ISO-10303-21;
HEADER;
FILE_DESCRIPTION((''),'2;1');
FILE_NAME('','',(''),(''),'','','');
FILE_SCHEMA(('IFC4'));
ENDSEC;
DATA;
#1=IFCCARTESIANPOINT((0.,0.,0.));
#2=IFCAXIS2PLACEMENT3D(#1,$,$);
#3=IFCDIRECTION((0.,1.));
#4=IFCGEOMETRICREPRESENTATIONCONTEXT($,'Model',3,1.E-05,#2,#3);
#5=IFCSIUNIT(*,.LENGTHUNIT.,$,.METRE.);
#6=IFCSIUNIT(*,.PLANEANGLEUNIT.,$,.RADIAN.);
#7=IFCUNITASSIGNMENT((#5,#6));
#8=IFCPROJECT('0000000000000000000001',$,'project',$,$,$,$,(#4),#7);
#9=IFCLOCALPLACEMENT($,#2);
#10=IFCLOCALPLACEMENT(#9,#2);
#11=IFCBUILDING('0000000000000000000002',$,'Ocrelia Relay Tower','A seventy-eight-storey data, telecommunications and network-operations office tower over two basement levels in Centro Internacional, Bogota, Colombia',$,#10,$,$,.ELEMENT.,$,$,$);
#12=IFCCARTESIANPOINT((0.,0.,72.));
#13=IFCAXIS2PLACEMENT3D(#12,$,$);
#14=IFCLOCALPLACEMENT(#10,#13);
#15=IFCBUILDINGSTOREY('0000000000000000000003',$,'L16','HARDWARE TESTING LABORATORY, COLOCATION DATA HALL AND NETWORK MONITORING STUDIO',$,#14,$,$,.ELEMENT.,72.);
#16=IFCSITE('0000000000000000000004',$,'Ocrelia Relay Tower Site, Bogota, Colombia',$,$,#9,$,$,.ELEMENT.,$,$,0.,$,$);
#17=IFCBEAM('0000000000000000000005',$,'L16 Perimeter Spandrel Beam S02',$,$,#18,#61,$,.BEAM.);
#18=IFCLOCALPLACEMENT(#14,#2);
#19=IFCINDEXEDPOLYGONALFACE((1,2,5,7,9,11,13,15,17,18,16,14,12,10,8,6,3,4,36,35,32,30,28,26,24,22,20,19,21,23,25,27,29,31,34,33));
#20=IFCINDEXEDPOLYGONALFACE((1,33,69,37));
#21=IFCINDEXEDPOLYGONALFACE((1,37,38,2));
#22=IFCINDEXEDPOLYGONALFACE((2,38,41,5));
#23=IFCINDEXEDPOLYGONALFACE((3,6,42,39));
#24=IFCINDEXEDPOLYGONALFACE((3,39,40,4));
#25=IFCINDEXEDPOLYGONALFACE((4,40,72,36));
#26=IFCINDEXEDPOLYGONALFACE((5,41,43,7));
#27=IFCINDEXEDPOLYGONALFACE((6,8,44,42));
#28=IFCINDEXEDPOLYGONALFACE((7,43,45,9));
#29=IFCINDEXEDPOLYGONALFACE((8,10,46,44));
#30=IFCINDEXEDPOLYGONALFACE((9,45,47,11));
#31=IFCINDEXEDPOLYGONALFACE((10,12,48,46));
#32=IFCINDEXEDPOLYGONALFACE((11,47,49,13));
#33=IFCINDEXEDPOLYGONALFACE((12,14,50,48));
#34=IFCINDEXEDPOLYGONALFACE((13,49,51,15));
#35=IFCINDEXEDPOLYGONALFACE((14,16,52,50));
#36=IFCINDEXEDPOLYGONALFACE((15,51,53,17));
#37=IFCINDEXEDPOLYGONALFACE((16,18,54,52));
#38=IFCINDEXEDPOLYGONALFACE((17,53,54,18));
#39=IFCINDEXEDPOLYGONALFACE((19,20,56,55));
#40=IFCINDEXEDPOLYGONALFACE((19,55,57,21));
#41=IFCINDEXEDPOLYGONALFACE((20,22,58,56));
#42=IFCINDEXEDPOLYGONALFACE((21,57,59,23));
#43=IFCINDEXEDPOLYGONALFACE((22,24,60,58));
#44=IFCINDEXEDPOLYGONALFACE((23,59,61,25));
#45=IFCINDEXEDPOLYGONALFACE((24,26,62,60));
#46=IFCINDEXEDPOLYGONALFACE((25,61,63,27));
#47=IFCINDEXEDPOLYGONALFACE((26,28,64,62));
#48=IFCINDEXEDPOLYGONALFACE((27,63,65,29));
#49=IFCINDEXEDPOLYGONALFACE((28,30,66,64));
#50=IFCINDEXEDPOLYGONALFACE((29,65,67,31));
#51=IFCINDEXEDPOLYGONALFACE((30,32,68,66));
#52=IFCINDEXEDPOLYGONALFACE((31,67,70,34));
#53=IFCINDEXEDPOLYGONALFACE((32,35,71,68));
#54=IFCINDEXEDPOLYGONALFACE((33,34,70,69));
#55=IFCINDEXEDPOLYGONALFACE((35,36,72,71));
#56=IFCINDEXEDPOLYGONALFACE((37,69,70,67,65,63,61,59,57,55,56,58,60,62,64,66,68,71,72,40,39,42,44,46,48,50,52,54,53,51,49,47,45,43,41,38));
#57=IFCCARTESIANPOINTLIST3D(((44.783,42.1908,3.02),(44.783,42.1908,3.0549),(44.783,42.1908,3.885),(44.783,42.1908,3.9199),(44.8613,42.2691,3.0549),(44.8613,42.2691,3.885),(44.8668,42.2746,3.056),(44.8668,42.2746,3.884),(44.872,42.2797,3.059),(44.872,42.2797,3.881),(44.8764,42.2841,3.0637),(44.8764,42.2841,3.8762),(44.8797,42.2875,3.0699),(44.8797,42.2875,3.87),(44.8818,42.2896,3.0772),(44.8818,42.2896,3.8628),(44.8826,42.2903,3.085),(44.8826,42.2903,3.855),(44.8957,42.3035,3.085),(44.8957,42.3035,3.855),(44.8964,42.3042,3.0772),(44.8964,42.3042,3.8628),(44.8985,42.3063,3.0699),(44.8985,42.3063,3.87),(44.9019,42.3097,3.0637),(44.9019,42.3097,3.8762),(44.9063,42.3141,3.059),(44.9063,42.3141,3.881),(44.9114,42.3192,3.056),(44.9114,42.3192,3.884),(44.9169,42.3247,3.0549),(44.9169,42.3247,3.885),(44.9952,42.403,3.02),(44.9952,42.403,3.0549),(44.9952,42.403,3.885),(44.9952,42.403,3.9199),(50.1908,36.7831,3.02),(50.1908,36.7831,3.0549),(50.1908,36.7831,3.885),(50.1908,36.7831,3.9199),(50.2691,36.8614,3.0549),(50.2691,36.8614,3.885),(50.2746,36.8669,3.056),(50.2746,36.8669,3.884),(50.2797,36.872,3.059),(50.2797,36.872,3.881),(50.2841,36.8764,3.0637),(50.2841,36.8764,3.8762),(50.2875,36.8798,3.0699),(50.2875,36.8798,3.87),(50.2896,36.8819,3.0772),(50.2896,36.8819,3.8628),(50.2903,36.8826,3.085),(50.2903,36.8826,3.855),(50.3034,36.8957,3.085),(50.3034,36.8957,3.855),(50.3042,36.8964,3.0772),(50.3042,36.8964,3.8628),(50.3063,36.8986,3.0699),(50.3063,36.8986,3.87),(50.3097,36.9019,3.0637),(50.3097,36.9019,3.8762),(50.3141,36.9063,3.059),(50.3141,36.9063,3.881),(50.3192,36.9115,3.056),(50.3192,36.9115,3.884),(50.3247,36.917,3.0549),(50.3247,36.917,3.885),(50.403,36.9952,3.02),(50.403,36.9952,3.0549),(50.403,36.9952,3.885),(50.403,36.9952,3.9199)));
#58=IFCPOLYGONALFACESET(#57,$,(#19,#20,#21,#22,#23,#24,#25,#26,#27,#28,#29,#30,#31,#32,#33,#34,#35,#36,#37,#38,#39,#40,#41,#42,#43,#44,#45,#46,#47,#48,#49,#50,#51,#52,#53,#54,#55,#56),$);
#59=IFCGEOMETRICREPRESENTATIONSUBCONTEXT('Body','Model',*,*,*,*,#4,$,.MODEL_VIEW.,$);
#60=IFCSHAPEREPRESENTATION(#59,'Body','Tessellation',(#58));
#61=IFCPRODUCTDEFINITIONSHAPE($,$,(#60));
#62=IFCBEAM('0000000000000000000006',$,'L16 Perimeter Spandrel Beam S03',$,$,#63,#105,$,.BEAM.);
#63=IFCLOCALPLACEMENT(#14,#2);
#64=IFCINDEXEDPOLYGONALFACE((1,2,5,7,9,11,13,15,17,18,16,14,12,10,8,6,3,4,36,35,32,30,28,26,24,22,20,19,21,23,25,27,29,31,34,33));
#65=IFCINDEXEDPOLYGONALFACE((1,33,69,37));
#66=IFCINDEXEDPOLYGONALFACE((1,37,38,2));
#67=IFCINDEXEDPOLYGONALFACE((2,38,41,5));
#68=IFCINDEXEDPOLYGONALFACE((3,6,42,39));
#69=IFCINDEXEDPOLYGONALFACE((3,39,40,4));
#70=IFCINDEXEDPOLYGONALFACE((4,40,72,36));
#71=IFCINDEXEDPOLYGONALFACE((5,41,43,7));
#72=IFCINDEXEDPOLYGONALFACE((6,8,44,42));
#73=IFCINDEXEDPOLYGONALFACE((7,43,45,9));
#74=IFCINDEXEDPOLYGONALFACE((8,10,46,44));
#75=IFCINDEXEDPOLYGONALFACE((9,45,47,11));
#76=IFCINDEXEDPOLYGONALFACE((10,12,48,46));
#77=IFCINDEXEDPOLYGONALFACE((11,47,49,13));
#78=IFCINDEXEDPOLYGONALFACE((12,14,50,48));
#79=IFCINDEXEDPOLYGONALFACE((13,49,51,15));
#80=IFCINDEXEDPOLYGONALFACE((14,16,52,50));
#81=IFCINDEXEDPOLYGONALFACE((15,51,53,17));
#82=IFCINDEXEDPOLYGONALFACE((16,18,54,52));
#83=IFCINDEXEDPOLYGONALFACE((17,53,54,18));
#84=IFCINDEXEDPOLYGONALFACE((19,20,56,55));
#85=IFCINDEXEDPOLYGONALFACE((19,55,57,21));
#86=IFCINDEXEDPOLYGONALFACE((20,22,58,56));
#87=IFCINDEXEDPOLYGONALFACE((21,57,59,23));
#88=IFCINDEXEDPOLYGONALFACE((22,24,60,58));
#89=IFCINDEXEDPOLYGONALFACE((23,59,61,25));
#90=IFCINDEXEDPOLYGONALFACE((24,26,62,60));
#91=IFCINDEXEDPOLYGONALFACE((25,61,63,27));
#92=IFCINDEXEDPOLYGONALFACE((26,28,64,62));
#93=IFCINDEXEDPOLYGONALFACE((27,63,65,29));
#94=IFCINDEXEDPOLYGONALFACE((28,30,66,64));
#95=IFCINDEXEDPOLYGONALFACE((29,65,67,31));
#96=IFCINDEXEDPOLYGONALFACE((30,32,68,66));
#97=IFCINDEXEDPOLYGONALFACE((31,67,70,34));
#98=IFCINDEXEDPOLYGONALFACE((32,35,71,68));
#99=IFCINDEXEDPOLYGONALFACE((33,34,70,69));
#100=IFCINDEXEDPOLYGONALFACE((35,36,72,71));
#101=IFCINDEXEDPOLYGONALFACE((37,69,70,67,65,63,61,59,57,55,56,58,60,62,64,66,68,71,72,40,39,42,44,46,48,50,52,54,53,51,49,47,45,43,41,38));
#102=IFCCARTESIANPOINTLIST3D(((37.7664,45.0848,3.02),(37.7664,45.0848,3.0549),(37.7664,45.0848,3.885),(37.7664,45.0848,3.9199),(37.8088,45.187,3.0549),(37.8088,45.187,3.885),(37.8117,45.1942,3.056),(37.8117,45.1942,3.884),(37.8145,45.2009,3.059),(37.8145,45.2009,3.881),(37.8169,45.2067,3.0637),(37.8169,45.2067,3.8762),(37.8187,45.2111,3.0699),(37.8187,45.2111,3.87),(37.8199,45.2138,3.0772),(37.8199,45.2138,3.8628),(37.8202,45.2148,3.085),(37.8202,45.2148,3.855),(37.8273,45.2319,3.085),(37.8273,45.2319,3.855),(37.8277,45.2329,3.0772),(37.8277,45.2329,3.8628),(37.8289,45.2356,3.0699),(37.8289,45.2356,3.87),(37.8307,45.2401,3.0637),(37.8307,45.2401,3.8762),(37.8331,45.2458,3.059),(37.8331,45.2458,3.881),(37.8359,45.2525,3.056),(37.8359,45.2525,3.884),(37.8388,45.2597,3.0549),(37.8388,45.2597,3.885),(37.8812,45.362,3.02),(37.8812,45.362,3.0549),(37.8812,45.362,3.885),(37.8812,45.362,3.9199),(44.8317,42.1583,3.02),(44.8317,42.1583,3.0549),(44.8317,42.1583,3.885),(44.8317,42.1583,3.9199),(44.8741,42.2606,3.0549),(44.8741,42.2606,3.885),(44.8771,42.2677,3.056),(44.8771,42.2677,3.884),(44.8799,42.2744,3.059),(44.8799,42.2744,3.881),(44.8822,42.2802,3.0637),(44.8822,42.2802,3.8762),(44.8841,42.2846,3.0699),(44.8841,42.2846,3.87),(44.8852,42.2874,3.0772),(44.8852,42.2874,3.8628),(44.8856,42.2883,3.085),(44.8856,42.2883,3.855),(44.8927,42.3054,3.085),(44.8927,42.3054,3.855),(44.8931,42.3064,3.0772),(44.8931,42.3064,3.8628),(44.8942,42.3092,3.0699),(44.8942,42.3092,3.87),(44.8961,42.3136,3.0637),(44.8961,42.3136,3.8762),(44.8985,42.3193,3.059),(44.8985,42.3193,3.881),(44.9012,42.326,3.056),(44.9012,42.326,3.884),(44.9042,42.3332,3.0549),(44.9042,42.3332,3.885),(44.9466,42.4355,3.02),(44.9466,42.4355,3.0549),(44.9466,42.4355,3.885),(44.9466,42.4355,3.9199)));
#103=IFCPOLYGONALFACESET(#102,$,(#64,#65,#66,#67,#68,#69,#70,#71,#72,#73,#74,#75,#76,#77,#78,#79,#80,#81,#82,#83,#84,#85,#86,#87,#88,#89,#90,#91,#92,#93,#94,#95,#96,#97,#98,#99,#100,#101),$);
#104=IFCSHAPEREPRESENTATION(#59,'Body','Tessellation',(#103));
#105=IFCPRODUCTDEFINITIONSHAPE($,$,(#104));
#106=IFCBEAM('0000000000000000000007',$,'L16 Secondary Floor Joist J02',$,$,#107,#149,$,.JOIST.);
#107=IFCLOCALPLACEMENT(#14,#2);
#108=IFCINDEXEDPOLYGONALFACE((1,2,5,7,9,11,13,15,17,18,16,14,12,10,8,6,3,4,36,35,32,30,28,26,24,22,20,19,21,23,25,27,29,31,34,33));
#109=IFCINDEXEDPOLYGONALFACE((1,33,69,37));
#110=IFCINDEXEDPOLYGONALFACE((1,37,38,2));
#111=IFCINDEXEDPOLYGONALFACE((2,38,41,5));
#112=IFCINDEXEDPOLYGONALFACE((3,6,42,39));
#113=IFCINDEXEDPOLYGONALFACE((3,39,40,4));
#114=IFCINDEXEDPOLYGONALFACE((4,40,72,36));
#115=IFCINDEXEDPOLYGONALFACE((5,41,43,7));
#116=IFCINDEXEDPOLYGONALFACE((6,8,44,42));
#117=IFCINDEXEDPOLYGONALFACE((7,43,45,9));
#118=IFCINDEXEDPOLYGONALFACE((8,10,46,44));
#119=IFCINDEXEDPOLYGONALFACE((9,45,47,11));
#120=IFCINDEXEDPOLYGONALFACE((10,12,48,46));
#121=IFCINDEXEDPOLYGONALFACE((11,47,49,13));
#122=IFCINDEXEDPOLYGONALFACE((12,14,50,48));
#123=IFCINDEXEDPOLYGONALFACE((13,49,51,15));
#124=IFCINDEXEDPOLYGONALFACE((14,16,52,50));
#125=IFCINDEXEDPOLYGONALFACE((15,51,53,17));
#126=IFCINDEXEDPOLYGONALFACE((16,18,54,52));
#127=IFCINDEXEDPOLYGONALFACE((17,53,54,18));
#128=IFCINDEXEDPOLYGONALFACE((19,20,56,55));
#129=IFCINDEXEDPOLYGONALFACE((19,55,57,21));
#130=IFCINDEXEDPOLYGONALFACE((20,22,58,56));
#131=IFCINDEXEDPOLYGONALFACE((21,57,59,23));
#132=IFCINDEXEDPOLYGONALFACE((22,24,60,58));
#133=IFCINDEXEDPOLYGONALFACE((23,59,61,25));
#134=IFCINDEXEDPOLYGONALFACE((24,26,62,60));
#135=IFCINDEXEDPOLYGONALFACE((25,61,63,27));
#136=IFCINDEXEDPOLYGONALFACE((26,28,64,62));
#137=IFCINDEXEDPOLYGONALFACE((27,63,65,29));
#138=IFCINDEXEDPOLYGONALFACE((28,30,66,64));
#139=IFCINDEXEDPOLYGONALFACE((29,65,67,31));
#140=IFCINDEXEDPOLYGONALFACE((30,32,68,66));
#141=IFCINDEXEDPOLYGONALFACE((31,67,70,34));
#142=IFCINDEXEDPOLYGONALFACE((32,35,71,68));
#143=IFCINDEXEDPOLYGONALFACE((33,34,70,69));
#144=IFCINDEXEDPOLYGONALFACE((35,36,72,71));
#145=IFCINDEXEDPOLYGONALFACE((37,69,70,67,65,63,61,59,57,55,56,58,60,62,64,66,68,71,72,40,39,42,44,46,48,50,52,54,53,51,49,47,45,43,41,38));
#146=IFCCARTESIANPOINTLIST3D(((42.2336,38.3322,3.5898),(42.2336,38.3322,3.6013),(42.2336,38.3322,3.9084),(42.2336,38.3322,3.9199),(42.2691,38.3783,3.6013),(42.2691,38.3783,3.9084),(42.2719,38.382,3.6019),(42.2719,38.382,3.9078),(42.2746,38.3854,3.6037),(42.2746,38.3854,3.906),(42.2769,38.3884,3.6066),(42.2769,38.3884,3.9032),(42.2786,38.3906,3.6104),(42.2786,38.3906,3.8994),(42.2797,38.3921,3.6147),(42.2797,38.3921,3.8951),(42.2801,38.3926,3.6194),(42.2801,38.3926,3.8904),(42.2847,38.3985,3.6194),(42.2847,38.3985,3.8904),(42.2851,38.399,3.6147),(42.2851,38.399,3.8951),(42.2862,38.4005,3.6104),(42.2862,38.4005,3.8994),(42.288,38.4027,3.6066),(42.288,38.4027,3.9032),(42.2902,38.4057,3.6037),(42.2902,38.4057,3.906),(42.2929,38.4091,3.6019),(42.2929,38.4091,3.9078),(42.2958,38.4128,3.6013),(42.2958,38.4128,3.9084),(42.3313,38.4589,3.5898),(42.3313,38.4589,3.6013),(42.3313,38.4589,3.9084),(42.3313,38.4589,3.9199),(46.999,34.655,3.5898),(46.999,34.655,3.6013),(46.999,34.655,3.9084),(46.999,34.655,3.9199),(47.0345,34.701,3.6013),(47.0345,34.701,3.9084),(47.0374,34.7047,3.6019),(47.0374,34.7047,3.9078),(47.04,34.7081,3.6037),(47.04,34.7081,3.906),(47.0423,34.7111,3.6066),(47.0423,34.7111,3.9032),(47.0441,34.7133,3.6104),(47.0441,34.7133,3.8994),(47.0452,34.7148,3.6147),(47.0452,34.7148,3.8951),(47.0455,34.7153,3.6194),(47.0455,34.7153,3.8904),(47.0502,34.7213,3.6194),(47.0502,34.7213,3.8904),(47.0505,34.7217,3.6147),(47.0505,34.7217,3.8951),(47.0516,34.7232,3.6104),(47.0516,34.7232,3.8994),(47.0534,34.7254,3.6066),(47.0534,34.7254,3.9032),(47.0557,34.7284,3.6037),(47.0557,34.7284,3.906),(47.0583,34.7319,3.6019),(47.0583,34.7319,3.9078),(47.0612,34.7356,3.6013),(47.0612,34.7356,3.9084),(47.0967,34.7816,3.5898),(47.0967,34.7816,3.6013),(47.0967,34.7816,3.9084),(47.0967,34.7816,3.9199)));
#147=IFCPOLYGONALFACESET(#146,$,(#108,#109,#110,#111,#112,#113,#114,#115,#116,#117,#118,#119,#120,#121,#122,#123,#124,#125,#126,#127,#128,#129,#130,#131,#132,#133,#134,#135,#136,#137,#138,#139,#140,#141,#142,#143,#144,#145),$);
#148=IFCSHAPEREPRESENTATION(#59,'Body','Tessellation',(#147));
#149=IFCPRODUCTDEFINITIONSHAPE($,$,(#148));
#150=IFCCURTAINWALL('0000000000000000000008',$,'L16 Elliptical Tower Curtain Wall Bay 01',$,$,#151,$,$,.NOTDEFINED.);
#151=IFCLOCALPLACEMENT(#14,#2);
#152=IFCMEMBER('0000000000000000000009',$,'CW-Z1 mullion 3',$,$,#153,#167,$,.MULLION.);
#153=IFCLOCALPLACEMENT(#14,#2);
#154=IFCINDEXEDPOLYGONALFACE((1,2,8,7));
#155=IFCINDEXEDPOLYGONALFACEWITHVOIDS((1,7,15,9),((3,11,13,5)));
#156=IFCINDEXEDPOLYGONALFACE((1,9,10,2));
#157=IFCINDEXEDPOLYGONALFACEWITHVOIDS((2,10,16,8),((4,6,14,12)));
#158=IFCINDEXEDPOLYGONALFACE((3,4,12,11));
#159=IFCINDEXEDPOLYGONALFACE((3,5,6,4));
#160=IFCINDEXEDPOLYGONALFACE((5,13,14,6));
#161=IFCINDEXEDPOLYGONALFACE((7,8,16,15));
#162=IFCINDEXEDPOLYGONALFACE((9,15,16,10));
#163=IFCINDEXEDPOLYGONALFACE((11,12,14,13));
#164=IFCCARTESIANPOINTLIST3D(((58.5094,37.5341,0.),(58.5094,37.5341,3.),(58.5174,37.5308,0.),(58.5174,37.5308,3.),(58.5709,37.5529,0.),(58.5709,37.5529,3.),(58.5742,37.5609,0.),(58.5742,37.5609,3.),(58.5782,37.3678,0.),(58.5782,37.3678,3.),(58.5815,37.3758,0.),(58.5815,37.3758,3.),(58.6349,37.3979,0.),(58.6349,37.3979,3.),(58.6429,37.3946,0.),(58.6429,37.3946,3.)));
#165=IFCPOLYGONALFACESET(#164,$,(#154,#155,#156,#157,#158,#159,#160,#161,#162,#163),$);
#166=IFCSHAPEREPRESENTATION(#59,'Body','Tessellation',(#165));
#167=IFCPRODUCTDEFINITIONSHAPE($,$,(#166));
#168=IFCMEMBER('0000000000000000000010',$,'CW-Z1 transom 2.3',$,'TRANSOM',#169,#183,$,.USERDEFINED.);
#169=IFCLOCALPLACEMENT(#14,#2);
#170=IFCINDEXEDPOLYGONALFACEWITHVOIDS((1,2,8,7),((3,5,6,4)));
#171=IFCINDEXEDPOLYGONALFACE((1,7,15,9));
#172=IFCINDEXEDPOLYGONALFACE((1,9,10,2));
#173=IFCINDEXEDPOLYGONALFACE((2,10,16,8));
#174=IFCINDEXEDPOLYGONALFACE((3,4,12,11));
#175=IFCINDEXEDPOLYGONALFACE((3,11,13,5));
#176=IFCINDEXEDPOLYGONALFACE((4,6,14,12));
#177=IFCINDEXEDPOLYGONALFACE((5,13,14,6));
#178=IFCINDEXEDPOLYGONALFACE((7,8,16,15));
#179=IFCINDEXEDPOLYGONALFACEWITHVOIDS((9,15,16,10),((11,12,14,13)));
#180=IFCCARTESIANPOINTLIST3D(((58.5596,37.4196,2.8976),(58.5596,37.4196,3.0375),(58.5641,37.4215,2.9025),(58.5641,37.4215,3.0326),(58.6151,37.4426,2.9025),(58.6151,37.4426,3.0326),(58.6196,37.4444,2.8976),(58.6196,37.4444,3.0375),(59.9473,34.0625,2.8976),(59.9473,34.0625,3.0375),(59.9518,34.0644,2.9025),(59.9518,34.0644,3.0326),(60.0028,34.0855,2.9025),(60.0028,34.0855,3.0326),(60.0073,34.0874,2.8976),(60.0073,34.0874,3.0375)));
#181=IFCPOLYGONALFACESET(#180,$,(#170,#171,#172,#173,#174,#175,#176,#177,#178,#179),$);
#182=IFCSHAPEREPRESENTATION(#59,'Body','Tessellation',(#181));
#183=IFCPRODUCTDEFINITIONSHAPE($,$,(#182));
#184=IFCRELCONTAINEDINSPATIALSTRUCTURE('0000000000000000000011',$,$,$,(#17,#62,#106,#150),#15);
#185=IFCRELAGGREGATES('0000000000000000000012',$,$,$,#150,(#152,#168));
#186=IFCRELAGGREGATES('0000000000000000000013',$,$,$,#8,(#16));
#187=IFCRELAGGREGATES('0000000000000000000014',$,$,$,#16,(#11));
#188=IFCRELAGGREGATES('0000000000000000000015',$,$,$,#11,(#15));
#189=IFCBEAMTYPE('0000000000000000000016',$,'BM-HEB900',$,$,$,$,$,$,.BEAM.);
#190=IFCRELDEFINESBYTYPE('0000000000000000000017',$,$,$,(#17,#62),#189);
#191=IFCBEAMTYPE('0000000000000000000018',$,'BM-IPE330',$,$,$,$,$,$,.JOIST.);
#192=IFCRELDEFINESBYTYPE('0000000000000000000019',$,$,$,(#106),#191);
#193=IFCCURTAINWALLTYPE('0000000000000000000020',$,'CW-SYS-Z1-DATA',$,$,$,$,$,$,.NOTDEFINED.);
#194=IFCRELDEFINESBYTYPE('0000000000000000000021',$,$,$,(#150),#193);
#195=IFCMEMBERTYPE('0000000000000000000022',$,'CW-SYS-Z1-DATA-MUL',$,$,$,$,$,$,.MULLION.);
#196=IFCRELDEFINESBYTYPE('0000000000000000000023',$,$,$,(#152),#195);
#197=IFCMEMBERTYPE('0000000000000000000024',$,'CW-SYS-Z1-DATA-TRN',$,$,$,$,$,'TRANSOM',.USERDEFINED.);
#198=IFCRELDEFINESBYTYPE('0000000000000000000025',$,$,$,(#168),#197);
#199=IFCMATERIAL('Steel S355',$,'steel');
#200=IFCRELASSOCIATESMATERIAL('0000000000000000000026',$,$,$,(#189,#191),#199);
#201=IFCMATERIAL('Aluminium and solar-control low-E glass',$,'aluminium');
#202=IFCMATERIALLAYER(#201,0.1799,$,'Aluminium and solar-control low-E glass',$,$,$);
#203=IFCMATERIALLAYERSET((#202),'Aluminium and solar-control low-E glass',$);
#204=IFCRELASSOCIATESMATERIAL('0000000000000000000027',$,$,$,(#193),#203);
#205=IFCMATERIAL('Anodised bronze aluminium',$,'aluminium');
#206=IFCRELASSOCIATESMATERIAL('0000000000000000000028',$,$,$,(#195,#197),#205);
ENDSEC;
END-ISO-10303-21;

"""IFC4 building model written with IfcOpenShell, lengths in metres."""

from ifc_helpers import new_model, si_unit, direction, frame, origin, origin_2d, place, context, subcontext, project, spatial, hollow_rectangle, i_section, extrude, material, layer, layer_set, material_profile, profile_set, type_object, element, aggregate, save


model = new_model("IFC4")

# Units and contexts
model_context = context("Model", 3, precision=1e-05, world=origin(), true_north=direction((0.0, 1.0)))
body_context = subcontext(model_context, "Body", "Model", "MODEL_VIEW")
ifc_project = project(units=[si_unit("LENGTHUNIT", "METRE"), si_unit("PLANEANGLEUNIT", "RADIAN")], contexts=[model_context])

# Site, building, storey
site_placement = place(None, origin())
site = spatial("IfcSite", under=ifc_project, at=site_placement, Name="Ocrelia Relay Tower Site, Bogota, Colombia", CompositionType="ELEMENT", RefElevation=0.0)
building_placement = place(site_placement, origin())
building = spatial("IfcBuilding", under=site, at=building_placement, Name="Ocrelia Relay Tower", Description="A seventy-eight-storey data, telecommunications and network-operations office tower over two basement levels in Centro Internacional, Bogota, Colombia", CompositionType="ELEMENT")
storey_placement = place(building_placement, frame((0.0, 0.0, 72.0)))
storey = spatial("IfcBuildingStorey", under=building, at=storey_placement, Name="L16", Description="HARDWARE TESTING LABORATORY, COLOCATION DATA HALL AND NETWORK MONITORING STUDIO", CompositionType="ELEMENT", Elevation=72.0)

# Beams
ifc_material_1 = material(Name="Steel S355", Category="steel")
ifc_material_profile_1 = material_profile(ifc_material_1, i_section(OverallWidth=0.3, OverallDepth=0.8999, WebThickness=0.0186, FlangeThickness=0.0349, FilletRadius=0.03, at=origin_2d()), Name="HEB 900")
ifc_profile_set_1 = profile_set([ifc_material_profile_1], Name="Steel S355")
beam_type_1 = type_object("IfcBeamType", Name="BM-HEB900", PredefinedType="BEAM", material=ifc_profile_set_1)
beam_1_placement = place(storey_placement, frame((50.2969, 36.8892, 3.47), z_axis=(-0.707107, 0.707107, 0.0), x_axis=(-0.707107, -0.707107, 0.0)))
element("IfcBeam", 1, at=beam_1_placement, inside=storey, type_object=beam_type_1, Name="L16 Perimeter Spandrel Beam S02", PredefinedType="BEAM", context=body_context, shape_type="SweptSolid", body=[
    extrude(i_section(OverallWidth=0.3, OverallDepth=0.8999, WebThickness=0.0186, FlangeThickness=0.0349, FilletRadius=0.03, at=origin_2d()), origin(), (0.0, 0.0, 1.0), 7.6477),
])
beam_2_placement = place(storey_placement, frame((44.8892, 42.2969, 3.47), z_axis=(-0.923883, 0.382674, 0.0), x_axis=(-0.382674, -0.923883, 0.0)))
element("IfcBeam", 2, at=beam_2_placement, inside=storey, type_object=beam_type_1, Name="L16 Perimeter Spandrel Beam S03", PredefinedType="BEAM", context=body_context, shape_type="SweptSolid", body=[
    extrude(i_section(OverallWidth=0.3, OverallDepth=0.8999, WebThickness=0.0186, FlangeThickness=0.0349, FilletRadius=0.03, at=origin_2d()), origin(), (0.0, 0.0, 1.0), 7.6475),
])
ifc_material_profile_2 = material_profile(ifc_material_1, i_section(OverallWidth=0.1599, OverallDepth=0.3301, WebThickness=0.0076, FlangeThickness=0.0115, FilletRadius=0.0181, at=origin_2d()), Name="IPE 330")
ifc_profile_set_2 = profile_set([ifc_material_profile_2], Name="Steel S355")
beam_type_2 = type_object("IfcBeamType", Name="BM-IPE330", PredefinedType="JOIST", material=ifc_profile_set_2)
beam_3_placement = place(storey_placement, frame((47.0479, 34.7183, 3.7549), z_axis=(-0.791694, 0.610918, 0.0), x_axis=(-0.610918, -0.791694, 0.0)))
element("IfcBeam", 3, at=beam_3_placement, inside=storey, type_object=beam_type_2, Name="L16 Secondary Floor Joist J02", PredefinedType="JOIST", context=body_context, shape_type="SweptSolid", body=[
    extrude(i_section(OverallWidth=0.1599, OverallDepth=0.3301, WebThickness=0.0076, FlangeThickness=0.0115, FilletRadius=0.0181, at=origin_2d()), origin(), (0.0, 0.0, 1.0), 6.0193),
])

# Curtain wall, members
ifc_material_2 = material(Name="Aluminium and solar-control low-E glass", Category="aluminium")
ifc_layer_1 = layer(ifc_material_2, 0.1799, Name="Aluminium and solar-control low-E glass")
ifc_layer_set_1 = layer_set([ifc_layer_1], Name="Aluminium and solar-control low-E glass")
curtain_wall_type = type_object("IfcCurtainWallType", Name="CW-SYS-Z1-DATA", PredefinedType="NOTDEFINED", material=ifc_layer_set_1)
curtain_wall_placement = place(storey_placement, origin())
curtain_wall = element("IfcCurtainWall", 4, at=curtain_wall_placement, inside=storey, type_object=curtain_wall_type, Name="L16 Elliptical Tower Curtain Wall Bay 01", PredefinedType="NOTDEFINED")
ifc_material_3 = material(Name="Anodised bronze aluminium", Category="aluminium")
ifc_material_profile_3 = material_profile(ifc_material_3, hollow_rectangle(XDim=0.0701, YDim=0.1799, WallThickness=0.0061, at=origin_2d()), Name="CW-MUL-180x70")
ifc_profile_set_3 = profile_set([ifc_material_profile_3], Name="Anodised bronze aluminium")
member_type_1 = type_object("IfcMemberType", Name="CW-SYS-Z1-DATA-MUL", PredefinedType="MULLION", material=ifc_profile_set_3)
member_1_placement = place(storey_placement, frame((58.5762, 37.4644, 0.0), z_axis=(0.0, 0.0, 1.0), x_axis=(-0.924147, -0.382038, 0.0)))
member_1 = element("IfcMember", 5, at=member_1_placement, type_object=member_type_1, Name="CW-Z1 mullion 3", PredefinedType="MULLION", context=body_context, shape_type="SweptSolid", body=[
    extrude(hollow_rectangle(XDim=0.0701, YDim=0.1799, WallThickness=0.0061, at=origin_2d()), origin(), (0.0, 0.0, 1.0), 3.0),
])
ifc_material_profile_4 = material_profile(ifc_material_3, hollow_rectangle(XDim=0.0649, YDim=0.1399, WallThickness=0.0049, at=origin_2d()), Name="CW-TRN-140x65")
ifc_profile_set_4 = profile_set([ifc_material_profile_4], Name="Anodised bronze aluminium")
member_type_2 = type_object("IfcMemberType", Name="CW-SYS-Z1-DATA-TRN", ElementType="TRANSOM", PredefinedType="USERDEFINED", material=ifc_profile_set_4)
member_2_placement = place(storey_placement, frame((59.9773, 34.075, 2.9675), z_axis=(-0.382004, 0.924161, 0.0), x_axis=(-0.924161, -0.382004, 0.0)))
member_2 = element("IfcMember", 6, at=member_2_placement, type_object=member_type_2, Name="CW-Z1 transom 2.3", ObjectType="TRANSOM", PredefinedType="USERDEFINED", context=body_context, shape_type="SweptSolid", body=[
    extrude(hollow_rectangle(XDim=0.0649, YDim=0.1399, WallThickness=0.0049, at=origin_2d()), origin(), (0.0, 0.0, 1.0), 3.6326),
])
aggregate(curtain_wall, [member_1, member_2])

save(model, "model.ifc")
